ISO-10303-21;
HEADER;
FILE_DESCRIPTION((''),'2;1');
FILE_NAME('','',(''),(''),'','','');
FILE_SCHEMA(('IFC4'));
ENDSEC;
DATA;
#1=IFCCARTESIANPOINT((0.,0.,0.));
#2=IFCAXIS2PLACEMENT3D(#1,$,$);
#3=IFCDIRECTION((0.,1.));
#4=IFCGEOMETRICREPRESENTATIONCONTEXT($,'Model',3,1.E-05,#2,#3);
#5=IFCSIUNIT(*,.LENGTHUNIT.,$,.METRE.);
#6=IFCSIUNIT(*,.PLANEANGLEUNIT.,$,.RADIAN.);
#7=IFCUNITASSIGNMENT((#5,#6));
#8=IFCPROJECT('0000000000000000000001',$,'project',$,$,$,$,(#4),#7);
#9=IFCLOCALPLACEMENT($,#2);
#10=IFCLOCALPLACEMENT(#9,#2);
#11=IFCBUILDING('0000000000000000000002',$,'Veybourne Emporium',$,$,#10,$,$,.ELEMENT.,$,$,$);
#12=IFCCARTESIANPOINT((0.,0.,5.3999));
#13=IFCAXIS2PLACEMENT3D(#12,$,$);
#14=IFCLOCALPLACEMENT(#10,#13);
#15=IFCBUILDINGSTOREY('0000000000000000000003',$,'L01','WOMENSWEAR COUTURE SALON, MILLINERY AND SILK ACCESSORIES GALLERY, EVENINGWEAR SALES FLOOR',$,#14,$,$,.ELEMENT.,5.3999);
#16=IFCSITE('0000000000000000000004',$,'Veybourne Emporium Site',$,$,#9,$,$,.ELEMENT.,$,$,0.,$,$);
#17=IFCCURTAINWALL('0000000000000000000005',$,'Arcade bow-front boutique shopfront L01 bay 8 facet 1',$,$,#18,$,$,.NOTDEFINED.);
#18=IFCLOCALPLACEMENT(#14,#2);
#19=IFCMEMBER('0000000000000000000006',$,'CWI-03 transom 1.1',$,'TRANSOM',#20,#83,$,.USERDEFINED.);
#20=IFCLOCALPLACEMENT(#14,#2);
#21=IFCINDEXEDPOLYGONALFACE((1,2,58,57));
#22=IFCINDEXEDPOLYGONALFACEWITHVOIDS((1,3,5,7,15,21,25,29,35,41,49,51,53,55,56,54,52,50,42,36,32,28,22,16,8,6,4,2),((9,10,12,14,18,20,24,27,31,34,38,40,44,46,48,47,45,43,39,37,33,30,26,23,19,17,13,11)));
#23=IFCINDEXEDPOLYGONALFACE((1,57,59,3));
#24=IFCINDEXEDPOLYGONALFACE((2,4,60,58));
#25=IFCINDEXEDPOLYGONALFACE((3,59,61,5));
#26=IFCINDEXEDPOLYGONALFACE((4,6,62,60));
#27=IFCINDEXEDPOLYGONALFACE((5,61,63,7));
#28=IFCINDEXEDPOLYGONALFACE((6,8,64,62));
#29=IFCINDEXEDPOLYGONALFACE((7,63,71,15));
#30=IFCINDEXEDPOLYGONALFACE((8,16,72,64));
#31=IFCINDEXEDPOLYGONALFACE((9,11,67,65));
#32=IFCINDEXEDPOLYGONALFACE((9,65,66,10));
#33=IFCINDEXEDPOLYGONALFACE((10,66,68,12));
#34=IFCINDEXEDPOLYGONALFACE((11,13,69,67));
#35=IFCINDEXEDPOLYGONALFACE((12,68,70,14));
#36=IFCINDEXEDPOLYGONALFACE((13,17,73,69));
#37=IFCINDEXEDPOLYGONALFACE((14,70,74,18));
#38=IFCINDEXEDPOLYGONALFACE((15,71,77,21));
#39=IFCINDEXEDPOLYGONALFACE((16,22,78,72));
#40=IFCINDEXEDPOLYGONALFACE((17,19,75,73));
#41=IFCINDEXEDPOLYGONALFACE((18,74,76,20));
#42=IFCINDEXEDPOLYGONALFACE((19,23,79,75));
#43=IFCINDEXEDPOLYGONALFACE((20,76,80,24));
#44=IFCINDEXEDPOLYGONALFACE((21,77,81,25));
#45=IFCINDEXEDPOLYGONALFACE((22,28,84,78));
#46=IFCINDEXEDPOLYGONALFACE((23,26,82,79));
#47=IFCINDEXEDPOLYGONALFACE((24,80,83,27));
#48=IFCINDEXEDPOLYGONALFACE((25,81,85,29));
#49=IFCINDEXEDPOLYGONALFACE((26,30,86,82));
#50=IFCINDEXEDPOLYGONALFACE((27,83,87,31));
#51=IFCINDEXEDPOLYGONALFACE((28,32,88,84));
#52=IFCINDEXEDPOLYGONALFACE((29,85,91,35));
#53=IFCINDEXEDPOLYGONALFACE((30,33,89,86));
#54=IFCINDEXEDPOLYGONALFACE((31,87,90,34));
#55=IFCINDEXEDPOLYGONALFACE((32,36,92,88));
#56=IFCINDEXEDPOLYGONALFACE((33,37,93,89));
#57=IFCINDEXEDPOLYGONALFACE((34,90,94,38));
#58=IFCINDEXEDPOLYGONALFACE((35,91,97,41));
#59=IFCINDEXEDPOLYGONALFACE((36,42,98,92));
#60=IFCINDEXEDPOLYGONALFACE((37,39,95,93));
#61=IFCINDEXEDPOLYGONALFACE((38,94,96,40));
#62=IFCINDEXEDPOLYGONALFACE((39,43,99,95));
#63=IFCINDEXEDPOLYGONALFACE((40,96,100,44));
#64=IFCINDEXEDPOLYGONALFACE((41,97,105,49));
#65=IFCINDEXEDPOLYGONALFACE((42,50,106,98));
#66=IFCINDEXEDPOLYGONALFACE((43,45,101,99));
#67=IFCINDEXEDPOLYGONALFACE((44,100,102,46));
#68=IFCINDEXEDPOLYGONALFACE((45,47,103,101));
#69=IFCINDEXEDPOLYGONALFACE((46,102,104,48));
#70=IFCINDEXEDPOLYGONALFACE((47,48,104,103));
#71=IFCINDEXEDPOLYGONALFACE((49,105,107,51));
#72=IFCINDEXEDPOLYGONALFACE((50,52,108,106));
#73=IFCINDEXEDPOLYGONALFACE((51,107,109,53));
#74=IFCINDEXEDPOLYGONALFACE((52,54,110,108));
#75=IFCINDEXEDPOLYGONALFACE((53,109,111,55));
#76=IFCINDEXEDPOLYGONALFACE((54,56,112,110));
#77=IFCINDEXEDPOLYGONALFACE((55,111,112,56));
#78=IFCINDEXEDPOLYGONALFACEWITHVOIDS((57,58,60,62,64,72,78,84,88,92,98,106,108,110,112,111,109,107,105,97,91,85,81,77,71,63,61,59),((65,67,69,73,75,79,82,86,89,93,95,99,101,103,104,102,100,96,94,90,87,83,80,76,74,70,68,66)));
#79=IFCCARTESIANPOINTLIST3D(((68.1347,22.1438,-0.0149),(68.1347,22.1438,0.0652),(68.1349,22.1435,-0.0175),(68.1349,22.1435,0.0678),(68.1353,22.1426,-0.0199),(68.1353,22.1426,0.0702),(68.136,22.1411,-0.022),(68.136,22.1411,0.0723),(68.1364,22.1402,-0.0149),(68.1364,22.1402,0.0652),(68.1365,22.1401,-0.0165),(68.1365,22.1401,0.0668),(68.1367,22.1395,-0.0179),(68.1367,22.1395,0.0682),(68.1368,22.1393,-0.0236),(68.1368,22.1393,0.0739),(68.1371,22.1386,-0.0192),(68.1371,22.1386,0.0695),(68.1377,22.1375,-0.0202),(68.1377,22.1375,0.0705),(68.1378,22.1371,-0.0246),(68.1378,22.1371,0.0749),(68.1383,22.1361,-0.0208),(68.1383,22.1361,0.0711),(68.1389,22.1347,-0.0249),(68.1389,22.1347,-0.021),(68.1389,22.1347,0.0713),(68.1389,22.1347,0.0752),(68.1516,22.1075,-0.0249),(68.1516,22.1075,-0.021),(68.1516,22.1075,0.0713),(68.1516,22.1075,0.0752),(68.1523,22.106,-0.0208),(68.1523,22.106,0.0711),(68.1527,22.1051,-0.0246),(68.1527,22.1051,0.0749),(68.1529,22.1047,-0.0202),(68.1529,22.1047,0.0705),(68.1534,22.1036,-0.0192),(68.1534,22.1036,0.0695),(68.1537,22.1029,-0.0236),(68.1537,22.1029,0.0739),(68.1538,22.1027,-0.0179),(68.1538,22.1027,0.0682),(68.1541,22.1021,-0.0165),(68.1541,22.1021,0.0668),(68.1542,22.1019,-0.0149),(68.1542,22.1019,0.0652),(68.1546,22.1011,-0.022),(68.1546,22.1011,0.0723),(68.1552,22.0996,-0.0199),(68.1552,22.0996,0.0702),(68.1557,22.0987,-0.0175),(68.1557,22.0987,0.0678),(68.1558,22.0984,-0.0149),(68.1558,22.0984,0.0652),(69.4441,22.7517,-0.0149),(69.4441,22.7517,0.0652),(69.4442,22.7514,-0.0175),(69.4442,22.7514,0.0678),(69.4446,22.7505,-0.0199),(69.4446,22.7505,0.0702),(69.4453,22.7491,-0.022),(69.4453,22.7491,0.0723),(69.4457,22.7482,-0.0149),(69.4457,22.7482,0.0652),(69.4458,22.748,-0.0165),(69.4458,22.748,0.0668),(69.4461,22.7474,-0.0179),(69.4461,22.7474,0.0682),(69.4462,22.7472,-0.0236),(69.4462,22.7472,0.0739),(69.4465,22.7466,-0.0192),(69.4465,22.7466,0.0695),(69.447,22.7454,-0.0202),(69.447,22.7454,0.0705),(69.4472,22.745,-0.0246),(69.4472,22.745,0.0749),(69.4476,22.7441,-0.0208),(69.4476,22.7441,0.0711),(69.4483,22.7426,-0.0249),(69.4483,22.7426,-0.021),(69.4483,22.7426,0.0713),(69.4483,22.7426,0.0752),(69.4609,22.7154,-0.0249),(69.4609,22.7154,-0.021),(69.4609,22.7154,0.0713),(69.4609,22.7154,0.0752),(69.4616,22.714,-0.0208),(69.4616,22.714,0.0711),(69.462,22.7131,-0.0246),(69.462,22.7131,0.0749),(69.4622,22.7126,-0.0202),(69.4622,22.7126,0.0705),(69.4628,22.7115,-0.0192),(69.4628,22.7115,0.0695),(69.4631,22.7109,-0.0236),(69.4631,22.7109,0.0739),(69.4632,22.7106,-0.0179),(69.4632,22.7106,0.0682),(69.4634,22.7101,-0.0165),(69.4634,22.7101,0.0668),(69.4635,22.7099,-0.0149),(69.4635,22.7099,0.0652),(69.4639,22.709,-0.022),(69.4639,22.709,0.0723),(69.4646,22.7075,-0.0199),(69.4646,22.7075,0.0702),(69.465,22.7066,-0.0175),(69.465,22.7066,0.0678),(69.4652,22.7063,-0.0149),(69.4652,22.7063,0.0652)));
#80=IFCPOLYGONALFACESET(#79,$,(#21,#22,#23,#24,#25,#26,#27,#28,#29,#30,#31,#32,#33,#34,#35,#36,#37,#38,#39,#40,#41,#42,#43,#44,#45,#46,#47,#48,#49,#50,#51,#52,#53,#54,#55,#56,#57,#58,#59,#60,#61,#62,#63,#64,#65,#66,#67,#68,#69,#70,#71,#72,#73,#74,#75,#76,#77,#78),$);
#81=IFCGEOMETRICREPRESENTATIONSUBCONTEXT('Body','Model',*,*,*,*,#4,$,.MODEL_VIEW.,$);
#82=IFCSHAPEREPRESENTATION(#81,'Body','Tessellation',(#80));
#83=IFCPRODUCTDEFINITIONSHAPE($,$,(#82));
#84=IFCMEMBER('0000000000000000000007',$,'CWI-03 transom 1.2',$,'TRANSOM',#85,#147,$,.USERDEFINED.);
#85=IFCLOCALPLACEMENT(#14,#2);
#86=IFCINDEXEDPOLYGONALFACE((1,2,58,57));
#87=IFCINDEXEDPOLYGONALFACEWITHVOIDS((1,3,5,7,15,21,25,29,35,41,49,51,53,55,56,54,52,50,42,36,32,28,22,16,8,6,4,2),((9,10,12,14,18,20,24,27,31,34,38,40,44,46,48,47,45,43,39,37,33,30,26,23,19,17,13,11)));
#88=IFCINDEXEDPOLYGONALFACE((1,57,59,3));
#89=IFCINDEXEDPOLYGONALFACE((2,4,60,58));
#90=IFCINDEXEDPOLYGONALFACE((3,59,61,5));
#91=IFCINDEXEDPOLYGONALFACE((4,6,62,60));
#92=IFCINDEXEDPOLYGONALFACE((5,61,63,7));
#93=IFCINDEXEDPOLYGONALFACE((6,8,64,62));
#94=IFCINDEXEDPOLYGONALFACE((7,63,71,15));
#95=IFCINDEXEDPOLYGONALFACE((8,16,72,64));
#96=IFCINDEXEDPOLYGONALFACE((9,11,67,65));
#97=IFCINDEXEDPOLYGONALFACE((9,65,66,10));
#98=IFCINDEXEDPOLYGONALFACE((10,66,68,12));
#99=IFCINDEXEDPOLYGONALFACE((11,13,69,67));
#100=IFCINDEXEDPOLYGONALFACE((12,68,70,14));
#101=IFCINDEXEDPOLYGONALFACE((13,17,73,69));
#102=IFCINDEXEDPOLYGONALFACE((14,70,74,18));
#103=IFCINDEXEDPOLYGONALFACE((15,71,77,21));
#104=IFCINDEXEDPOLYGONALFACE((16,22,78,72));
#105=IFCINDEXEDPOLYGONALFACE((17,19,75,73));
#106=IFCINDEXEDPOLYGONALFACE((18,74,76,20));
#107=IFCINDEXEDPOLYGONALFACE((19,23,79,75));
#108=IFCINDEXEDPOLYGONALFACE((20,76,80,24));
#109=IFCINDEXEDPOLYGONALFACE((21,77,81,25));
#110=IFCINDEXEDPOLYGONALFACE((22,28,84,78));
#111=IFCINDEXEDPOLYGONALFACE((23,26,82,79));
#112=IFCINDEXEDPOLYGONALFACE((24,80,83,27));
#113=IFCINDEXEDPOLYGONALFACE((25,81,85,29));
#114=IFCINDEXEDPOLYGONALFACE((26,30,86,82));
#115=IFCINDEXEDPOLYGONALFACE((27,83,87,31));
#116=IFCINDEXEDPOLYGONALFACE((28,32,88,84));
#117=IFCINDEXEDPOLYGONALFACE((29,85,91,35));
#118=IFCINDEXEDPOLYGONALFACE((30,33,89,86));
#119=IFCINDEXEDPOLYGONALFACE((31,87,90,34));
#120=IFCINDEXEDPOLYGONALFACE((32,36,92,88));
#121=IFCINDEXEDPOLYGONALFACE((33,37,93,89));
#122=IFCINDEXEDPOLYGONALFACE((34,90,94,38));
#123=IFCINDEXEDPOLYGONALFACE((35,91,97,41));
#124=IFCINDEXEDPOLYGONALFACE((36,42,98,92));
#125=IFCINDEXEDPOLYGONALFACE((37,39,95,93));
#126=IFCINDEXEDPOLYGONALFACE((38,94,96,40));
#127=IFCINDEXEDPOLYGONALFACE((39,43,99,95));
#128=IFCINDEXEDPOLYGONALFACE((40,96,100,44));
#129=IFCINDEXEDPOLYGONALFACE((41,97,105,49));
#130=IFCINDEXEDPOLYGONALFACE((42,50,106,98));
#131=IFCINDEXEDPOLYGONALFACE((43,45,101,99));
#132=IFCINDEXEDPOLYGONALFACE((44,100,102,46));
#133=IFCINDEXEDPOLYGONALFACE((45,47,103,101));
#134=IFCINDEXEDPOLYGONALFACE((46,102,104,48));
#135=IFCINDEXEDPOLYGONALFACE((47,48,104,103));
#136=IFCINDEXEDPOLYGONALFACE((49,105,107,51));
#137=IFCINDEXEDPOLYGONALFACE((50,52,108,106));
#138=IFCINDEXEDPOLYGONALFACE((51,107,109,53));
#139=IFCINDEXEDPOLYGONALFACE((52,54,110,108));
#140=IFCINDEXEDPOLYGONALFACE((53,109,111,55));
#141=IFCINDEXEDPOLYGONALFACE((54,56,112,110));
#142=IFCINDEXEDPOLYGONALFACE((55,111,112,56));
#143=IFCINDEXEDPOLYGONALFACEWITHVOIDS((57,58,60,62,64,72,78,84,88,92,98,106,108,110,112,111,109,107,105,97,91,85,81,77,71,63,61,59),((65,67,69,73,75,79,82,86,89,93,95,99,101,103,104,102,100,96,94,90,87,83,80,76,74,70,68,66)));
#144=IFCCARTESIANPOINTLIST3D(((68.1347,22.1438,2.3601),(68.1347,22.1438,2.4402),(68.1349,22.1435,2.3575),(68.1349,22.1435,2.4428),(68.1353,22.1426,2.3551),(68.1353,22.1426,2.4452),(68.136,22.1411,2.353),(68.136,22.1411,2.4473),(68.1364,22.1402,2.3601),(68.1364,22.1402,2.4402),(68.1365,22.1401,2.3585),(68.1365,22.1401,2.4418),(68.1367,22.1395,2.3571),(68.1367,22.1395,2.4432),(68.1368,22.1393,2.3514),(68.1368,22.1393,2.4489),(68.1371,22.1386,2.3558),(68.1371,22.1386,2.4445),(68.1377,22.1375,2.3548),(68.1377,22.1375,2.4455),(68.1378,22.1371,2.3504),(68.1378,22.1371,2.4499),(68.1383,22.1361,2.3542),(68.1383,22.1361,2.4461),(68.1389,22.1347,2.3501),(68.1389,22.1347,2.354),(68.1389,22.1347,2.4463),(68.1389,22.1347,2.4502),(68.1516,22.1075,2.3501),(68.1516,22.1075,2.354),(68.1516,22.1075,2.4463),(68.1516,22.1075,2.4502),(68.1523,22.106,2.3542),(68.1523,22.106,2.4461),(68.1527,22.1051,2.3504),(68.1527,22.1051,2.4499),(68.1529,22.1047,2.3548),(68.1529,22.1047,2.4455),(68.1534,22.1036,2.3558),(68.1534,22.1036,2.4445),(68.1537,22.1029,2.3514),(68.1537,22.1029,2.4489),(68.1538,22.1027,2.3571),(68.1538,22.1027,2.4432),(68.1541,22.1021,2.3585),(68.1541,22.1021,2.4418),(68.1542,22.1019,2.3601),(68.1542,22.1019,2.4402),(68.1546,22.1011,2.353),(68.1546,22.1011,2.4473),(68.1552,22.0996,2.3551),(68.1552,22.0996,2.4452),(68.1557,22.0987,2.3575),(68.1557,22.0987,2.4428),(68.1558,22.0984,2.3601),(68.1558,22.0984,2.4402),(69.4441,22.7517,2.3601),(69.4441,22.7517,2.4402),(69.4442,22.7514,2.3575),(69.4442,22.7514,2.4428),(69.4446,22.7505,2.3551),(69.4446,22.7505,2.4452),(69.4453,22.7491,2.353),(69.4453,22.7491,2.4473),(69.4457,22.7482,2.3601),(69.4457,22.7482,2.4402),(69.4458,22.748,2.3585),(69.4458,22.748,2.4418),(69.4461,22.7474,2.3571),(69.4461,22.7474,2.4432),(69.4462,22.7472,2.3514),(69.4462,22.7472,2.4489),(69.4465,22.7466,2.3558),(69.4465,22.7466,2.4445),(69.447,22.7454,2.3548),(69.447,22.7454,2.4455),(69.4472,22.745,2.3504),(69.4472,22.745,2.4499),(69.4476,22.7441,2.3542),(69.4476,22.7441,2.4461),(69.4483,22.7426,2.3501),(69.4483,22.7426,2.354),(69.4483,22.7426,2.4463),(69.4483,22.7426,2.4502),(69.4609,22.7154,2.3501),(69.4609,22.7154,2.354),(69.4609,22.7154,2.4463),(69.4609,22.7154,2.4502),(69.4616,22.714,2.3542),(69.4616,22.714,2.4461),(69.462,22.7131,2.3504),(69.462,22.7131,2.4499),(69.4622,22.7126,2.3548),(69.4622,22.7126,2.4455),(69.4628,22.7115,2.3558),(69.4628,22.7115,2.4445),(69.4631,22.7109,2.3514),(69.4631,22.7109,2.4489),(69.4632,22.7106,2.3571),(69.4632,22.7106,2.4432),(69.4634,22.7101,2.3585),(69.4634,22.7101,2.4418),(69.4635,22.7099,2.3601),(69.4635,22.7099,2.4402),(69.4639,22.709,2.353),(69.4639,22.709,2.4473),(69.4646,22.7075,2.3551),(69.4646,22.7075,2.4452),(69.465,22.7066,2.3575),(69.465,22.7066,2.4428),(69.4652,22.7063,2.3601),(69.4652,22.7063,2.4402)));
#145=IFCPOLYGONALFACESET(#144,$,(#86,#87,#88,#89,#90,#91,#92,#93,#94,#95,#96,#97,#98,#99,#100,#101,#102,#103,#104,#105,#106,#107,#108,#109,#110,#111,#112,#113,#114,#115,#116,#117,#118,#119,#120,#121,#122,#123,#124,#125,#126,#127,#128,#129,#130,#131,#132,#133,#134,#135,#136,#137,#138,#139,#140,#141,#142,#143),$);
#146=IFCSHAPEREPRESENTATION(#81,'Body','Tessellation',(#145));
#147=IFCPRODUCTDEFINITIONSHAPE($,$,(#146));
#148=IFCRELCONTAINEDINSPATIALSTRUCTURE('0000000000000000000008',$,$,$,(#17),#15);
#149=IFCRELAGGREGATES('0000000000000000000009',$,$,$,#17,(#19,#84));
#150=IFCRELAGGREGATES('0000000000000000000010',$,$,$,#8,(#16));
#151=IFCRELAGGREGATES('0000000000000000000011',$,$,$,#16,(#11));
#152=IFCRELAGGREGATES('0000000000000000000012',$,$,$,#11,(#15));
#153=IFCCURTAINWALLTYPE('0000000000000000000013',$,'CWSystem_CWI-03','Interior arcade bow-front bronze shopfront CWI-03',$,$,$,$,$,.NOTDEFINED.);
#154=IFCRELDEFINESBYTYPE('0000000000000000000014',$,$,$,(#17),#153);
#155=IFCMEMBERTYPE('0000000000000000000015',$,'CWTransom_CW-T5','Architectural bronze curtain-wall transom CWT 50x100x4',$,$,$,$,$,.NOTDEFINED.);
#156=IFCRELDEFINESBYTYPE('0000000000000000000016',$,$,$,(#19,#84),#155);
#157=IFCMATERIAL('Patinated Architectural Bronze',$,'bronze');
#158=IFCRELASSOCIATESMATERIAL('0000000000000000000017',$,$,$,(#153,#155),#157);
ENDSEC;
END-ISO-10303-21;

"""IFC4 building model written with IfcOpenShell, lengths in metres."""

from ifc_helpers import new_model, si_unit, direction, frame, origin, origin_2d, place, context, subcontext, project, spatial, hollow_rectangle, extrude, material, material_profile, profile_set, type_object, element, aggregate, save


model = new_model("IFC4")

# Units and contexts
model_context = context("Model", 3, precision=1e-05, world=origin(), true_north=direction((0.0, 1.0)))
body_context = subcontext(model_context, "Body", "Model", "MODEL_VIEW")
ifc_project = project(units=[si_unit("LENGTHUNIT", "METRE"), si_unit("PLANEANGLEUNIT", "RADIAN")], contexts=[model_context])

# Site, building, storey
site_placement = place(None, origin())
site = spatial("IfcSite", under=ifc_project, at=site_placement, Name="Veybourne Emporium Site", CompositionType="ELEMENT", RefElevation=0.0)
building_placement = place(site_placement, origin())
building = spatial("IfcBuilding", under=site, at=building_placement, Name="Veybourne Emporium", CompositionType="ELEMENT")
storey_placement = place(building_placement, frame((0.0, 0.0, 5.3999)))
storey = spatial("IfcBuildingStorey", under=building, at=storey_placement, Name="L01", Description="WOMENSWEAR COUTURE SALON, MILLINERY AND SILK ACCESSORIES GALLERY, EVENINGWEAR SALES FLOOR", CompositionType="ELEMENT", Elevation=5.3999)

# Curtain wall
ifc_material_1 = material(Name="Patinated Architectural Bronze", Category="bronze")
curtain_wall_type_1 = type_object("IfcCurtainWallType", Name="CWSystem_CWI-03", Description="Interior arcade bow-front bronze shopfront CWI-03", PredefinedType="NOTDEFINED", material=ifc_material_1)
curtain_wall_1_placement = place(storey_placement, origin())
curtain_wall_1 = element("IfcCurtainWall", 1, at=curtain_wall_1_placement, inside=storey, type_object=curtain_wall_type_1, Name="Arcade bow-front boutique shopfront L01 bay 8 facet 1", PredefinedType="NOTDEFINED")

# Members
ifc_material_profile_1 = material_profile(ifc_material_1, hollow_rectangle(XDim=0.05, YDim=0.1001, WallThickness=0.0039, InnerFilletRadius=0.0061, OuterFilletRadius=0.01, at=origin_2d()), Name="CWT 50x100x4")
ifc_profile_set_1 = profile_set([ifc_material_profile_1], Name="Patinated Architectural Bronze")
member_type_1 = type_object("IfcMemberType", Name="CWTransom_CW-T5", Description="Architectural bronze curtain-wall transom CWT 50x100x4", PredefinedType="NOTDEFINED", material=ifc_profile_set_1)
member_1_placement = place(storey_placement, frame((68.1453, 22.1211, 0.0251), z_axis=(0.907007, 0.421116, 0.0), x_axis=(-0.421116, 0.907007, 0.0)))
member_1 = element("IfcMember", 2, at=member_1_placement, type_object=member_type_1, Name="CWI-03 transom 1.1", ObjectType="TRANSOM", PredefinedType="USERDEFINED", context=body_context, shape_type="SweptSolid", body=[
    extrude(hollow_rectangle(XDim=0.05, YDim=0.1001, WallThickness=0.0039, InnerFilletRadius=0.0061, OuterFilletRadius=0.01, at=origin_2d()), origin(), (0.0, 0.0, 1.0), 1.4436),
])
member_2_placement = place(storey_placement, frame((68.1453, 22.1211, 2.4001), z_axis=(0.907007, 0.421116, 0.0), x_axis=(-0.421116, 0.907007, 0.0)))
member_2 = element("IfcMember", 3, at=member_2_placement, type_object=member_type_1, Name="CWI-03 transom 1.2", ObjectType="TRANSOM", PredefinedType="USERDEFINED", context=body_context, shape_type="SweptSolid", body=[
    extrude(hollow_rectangle(XDim=0.05, YDim=0.1001, WallThickness=0.0039, InnerFilletRadius=0.0061, OuterFilletRadius=0.01, at=origin_2d()), origin(), (0.0, 0.0, 1.0), 1.4436),
])

aggregate(curtain_wall_1, [member_1, member_2])

save(model, "model.ifc")
